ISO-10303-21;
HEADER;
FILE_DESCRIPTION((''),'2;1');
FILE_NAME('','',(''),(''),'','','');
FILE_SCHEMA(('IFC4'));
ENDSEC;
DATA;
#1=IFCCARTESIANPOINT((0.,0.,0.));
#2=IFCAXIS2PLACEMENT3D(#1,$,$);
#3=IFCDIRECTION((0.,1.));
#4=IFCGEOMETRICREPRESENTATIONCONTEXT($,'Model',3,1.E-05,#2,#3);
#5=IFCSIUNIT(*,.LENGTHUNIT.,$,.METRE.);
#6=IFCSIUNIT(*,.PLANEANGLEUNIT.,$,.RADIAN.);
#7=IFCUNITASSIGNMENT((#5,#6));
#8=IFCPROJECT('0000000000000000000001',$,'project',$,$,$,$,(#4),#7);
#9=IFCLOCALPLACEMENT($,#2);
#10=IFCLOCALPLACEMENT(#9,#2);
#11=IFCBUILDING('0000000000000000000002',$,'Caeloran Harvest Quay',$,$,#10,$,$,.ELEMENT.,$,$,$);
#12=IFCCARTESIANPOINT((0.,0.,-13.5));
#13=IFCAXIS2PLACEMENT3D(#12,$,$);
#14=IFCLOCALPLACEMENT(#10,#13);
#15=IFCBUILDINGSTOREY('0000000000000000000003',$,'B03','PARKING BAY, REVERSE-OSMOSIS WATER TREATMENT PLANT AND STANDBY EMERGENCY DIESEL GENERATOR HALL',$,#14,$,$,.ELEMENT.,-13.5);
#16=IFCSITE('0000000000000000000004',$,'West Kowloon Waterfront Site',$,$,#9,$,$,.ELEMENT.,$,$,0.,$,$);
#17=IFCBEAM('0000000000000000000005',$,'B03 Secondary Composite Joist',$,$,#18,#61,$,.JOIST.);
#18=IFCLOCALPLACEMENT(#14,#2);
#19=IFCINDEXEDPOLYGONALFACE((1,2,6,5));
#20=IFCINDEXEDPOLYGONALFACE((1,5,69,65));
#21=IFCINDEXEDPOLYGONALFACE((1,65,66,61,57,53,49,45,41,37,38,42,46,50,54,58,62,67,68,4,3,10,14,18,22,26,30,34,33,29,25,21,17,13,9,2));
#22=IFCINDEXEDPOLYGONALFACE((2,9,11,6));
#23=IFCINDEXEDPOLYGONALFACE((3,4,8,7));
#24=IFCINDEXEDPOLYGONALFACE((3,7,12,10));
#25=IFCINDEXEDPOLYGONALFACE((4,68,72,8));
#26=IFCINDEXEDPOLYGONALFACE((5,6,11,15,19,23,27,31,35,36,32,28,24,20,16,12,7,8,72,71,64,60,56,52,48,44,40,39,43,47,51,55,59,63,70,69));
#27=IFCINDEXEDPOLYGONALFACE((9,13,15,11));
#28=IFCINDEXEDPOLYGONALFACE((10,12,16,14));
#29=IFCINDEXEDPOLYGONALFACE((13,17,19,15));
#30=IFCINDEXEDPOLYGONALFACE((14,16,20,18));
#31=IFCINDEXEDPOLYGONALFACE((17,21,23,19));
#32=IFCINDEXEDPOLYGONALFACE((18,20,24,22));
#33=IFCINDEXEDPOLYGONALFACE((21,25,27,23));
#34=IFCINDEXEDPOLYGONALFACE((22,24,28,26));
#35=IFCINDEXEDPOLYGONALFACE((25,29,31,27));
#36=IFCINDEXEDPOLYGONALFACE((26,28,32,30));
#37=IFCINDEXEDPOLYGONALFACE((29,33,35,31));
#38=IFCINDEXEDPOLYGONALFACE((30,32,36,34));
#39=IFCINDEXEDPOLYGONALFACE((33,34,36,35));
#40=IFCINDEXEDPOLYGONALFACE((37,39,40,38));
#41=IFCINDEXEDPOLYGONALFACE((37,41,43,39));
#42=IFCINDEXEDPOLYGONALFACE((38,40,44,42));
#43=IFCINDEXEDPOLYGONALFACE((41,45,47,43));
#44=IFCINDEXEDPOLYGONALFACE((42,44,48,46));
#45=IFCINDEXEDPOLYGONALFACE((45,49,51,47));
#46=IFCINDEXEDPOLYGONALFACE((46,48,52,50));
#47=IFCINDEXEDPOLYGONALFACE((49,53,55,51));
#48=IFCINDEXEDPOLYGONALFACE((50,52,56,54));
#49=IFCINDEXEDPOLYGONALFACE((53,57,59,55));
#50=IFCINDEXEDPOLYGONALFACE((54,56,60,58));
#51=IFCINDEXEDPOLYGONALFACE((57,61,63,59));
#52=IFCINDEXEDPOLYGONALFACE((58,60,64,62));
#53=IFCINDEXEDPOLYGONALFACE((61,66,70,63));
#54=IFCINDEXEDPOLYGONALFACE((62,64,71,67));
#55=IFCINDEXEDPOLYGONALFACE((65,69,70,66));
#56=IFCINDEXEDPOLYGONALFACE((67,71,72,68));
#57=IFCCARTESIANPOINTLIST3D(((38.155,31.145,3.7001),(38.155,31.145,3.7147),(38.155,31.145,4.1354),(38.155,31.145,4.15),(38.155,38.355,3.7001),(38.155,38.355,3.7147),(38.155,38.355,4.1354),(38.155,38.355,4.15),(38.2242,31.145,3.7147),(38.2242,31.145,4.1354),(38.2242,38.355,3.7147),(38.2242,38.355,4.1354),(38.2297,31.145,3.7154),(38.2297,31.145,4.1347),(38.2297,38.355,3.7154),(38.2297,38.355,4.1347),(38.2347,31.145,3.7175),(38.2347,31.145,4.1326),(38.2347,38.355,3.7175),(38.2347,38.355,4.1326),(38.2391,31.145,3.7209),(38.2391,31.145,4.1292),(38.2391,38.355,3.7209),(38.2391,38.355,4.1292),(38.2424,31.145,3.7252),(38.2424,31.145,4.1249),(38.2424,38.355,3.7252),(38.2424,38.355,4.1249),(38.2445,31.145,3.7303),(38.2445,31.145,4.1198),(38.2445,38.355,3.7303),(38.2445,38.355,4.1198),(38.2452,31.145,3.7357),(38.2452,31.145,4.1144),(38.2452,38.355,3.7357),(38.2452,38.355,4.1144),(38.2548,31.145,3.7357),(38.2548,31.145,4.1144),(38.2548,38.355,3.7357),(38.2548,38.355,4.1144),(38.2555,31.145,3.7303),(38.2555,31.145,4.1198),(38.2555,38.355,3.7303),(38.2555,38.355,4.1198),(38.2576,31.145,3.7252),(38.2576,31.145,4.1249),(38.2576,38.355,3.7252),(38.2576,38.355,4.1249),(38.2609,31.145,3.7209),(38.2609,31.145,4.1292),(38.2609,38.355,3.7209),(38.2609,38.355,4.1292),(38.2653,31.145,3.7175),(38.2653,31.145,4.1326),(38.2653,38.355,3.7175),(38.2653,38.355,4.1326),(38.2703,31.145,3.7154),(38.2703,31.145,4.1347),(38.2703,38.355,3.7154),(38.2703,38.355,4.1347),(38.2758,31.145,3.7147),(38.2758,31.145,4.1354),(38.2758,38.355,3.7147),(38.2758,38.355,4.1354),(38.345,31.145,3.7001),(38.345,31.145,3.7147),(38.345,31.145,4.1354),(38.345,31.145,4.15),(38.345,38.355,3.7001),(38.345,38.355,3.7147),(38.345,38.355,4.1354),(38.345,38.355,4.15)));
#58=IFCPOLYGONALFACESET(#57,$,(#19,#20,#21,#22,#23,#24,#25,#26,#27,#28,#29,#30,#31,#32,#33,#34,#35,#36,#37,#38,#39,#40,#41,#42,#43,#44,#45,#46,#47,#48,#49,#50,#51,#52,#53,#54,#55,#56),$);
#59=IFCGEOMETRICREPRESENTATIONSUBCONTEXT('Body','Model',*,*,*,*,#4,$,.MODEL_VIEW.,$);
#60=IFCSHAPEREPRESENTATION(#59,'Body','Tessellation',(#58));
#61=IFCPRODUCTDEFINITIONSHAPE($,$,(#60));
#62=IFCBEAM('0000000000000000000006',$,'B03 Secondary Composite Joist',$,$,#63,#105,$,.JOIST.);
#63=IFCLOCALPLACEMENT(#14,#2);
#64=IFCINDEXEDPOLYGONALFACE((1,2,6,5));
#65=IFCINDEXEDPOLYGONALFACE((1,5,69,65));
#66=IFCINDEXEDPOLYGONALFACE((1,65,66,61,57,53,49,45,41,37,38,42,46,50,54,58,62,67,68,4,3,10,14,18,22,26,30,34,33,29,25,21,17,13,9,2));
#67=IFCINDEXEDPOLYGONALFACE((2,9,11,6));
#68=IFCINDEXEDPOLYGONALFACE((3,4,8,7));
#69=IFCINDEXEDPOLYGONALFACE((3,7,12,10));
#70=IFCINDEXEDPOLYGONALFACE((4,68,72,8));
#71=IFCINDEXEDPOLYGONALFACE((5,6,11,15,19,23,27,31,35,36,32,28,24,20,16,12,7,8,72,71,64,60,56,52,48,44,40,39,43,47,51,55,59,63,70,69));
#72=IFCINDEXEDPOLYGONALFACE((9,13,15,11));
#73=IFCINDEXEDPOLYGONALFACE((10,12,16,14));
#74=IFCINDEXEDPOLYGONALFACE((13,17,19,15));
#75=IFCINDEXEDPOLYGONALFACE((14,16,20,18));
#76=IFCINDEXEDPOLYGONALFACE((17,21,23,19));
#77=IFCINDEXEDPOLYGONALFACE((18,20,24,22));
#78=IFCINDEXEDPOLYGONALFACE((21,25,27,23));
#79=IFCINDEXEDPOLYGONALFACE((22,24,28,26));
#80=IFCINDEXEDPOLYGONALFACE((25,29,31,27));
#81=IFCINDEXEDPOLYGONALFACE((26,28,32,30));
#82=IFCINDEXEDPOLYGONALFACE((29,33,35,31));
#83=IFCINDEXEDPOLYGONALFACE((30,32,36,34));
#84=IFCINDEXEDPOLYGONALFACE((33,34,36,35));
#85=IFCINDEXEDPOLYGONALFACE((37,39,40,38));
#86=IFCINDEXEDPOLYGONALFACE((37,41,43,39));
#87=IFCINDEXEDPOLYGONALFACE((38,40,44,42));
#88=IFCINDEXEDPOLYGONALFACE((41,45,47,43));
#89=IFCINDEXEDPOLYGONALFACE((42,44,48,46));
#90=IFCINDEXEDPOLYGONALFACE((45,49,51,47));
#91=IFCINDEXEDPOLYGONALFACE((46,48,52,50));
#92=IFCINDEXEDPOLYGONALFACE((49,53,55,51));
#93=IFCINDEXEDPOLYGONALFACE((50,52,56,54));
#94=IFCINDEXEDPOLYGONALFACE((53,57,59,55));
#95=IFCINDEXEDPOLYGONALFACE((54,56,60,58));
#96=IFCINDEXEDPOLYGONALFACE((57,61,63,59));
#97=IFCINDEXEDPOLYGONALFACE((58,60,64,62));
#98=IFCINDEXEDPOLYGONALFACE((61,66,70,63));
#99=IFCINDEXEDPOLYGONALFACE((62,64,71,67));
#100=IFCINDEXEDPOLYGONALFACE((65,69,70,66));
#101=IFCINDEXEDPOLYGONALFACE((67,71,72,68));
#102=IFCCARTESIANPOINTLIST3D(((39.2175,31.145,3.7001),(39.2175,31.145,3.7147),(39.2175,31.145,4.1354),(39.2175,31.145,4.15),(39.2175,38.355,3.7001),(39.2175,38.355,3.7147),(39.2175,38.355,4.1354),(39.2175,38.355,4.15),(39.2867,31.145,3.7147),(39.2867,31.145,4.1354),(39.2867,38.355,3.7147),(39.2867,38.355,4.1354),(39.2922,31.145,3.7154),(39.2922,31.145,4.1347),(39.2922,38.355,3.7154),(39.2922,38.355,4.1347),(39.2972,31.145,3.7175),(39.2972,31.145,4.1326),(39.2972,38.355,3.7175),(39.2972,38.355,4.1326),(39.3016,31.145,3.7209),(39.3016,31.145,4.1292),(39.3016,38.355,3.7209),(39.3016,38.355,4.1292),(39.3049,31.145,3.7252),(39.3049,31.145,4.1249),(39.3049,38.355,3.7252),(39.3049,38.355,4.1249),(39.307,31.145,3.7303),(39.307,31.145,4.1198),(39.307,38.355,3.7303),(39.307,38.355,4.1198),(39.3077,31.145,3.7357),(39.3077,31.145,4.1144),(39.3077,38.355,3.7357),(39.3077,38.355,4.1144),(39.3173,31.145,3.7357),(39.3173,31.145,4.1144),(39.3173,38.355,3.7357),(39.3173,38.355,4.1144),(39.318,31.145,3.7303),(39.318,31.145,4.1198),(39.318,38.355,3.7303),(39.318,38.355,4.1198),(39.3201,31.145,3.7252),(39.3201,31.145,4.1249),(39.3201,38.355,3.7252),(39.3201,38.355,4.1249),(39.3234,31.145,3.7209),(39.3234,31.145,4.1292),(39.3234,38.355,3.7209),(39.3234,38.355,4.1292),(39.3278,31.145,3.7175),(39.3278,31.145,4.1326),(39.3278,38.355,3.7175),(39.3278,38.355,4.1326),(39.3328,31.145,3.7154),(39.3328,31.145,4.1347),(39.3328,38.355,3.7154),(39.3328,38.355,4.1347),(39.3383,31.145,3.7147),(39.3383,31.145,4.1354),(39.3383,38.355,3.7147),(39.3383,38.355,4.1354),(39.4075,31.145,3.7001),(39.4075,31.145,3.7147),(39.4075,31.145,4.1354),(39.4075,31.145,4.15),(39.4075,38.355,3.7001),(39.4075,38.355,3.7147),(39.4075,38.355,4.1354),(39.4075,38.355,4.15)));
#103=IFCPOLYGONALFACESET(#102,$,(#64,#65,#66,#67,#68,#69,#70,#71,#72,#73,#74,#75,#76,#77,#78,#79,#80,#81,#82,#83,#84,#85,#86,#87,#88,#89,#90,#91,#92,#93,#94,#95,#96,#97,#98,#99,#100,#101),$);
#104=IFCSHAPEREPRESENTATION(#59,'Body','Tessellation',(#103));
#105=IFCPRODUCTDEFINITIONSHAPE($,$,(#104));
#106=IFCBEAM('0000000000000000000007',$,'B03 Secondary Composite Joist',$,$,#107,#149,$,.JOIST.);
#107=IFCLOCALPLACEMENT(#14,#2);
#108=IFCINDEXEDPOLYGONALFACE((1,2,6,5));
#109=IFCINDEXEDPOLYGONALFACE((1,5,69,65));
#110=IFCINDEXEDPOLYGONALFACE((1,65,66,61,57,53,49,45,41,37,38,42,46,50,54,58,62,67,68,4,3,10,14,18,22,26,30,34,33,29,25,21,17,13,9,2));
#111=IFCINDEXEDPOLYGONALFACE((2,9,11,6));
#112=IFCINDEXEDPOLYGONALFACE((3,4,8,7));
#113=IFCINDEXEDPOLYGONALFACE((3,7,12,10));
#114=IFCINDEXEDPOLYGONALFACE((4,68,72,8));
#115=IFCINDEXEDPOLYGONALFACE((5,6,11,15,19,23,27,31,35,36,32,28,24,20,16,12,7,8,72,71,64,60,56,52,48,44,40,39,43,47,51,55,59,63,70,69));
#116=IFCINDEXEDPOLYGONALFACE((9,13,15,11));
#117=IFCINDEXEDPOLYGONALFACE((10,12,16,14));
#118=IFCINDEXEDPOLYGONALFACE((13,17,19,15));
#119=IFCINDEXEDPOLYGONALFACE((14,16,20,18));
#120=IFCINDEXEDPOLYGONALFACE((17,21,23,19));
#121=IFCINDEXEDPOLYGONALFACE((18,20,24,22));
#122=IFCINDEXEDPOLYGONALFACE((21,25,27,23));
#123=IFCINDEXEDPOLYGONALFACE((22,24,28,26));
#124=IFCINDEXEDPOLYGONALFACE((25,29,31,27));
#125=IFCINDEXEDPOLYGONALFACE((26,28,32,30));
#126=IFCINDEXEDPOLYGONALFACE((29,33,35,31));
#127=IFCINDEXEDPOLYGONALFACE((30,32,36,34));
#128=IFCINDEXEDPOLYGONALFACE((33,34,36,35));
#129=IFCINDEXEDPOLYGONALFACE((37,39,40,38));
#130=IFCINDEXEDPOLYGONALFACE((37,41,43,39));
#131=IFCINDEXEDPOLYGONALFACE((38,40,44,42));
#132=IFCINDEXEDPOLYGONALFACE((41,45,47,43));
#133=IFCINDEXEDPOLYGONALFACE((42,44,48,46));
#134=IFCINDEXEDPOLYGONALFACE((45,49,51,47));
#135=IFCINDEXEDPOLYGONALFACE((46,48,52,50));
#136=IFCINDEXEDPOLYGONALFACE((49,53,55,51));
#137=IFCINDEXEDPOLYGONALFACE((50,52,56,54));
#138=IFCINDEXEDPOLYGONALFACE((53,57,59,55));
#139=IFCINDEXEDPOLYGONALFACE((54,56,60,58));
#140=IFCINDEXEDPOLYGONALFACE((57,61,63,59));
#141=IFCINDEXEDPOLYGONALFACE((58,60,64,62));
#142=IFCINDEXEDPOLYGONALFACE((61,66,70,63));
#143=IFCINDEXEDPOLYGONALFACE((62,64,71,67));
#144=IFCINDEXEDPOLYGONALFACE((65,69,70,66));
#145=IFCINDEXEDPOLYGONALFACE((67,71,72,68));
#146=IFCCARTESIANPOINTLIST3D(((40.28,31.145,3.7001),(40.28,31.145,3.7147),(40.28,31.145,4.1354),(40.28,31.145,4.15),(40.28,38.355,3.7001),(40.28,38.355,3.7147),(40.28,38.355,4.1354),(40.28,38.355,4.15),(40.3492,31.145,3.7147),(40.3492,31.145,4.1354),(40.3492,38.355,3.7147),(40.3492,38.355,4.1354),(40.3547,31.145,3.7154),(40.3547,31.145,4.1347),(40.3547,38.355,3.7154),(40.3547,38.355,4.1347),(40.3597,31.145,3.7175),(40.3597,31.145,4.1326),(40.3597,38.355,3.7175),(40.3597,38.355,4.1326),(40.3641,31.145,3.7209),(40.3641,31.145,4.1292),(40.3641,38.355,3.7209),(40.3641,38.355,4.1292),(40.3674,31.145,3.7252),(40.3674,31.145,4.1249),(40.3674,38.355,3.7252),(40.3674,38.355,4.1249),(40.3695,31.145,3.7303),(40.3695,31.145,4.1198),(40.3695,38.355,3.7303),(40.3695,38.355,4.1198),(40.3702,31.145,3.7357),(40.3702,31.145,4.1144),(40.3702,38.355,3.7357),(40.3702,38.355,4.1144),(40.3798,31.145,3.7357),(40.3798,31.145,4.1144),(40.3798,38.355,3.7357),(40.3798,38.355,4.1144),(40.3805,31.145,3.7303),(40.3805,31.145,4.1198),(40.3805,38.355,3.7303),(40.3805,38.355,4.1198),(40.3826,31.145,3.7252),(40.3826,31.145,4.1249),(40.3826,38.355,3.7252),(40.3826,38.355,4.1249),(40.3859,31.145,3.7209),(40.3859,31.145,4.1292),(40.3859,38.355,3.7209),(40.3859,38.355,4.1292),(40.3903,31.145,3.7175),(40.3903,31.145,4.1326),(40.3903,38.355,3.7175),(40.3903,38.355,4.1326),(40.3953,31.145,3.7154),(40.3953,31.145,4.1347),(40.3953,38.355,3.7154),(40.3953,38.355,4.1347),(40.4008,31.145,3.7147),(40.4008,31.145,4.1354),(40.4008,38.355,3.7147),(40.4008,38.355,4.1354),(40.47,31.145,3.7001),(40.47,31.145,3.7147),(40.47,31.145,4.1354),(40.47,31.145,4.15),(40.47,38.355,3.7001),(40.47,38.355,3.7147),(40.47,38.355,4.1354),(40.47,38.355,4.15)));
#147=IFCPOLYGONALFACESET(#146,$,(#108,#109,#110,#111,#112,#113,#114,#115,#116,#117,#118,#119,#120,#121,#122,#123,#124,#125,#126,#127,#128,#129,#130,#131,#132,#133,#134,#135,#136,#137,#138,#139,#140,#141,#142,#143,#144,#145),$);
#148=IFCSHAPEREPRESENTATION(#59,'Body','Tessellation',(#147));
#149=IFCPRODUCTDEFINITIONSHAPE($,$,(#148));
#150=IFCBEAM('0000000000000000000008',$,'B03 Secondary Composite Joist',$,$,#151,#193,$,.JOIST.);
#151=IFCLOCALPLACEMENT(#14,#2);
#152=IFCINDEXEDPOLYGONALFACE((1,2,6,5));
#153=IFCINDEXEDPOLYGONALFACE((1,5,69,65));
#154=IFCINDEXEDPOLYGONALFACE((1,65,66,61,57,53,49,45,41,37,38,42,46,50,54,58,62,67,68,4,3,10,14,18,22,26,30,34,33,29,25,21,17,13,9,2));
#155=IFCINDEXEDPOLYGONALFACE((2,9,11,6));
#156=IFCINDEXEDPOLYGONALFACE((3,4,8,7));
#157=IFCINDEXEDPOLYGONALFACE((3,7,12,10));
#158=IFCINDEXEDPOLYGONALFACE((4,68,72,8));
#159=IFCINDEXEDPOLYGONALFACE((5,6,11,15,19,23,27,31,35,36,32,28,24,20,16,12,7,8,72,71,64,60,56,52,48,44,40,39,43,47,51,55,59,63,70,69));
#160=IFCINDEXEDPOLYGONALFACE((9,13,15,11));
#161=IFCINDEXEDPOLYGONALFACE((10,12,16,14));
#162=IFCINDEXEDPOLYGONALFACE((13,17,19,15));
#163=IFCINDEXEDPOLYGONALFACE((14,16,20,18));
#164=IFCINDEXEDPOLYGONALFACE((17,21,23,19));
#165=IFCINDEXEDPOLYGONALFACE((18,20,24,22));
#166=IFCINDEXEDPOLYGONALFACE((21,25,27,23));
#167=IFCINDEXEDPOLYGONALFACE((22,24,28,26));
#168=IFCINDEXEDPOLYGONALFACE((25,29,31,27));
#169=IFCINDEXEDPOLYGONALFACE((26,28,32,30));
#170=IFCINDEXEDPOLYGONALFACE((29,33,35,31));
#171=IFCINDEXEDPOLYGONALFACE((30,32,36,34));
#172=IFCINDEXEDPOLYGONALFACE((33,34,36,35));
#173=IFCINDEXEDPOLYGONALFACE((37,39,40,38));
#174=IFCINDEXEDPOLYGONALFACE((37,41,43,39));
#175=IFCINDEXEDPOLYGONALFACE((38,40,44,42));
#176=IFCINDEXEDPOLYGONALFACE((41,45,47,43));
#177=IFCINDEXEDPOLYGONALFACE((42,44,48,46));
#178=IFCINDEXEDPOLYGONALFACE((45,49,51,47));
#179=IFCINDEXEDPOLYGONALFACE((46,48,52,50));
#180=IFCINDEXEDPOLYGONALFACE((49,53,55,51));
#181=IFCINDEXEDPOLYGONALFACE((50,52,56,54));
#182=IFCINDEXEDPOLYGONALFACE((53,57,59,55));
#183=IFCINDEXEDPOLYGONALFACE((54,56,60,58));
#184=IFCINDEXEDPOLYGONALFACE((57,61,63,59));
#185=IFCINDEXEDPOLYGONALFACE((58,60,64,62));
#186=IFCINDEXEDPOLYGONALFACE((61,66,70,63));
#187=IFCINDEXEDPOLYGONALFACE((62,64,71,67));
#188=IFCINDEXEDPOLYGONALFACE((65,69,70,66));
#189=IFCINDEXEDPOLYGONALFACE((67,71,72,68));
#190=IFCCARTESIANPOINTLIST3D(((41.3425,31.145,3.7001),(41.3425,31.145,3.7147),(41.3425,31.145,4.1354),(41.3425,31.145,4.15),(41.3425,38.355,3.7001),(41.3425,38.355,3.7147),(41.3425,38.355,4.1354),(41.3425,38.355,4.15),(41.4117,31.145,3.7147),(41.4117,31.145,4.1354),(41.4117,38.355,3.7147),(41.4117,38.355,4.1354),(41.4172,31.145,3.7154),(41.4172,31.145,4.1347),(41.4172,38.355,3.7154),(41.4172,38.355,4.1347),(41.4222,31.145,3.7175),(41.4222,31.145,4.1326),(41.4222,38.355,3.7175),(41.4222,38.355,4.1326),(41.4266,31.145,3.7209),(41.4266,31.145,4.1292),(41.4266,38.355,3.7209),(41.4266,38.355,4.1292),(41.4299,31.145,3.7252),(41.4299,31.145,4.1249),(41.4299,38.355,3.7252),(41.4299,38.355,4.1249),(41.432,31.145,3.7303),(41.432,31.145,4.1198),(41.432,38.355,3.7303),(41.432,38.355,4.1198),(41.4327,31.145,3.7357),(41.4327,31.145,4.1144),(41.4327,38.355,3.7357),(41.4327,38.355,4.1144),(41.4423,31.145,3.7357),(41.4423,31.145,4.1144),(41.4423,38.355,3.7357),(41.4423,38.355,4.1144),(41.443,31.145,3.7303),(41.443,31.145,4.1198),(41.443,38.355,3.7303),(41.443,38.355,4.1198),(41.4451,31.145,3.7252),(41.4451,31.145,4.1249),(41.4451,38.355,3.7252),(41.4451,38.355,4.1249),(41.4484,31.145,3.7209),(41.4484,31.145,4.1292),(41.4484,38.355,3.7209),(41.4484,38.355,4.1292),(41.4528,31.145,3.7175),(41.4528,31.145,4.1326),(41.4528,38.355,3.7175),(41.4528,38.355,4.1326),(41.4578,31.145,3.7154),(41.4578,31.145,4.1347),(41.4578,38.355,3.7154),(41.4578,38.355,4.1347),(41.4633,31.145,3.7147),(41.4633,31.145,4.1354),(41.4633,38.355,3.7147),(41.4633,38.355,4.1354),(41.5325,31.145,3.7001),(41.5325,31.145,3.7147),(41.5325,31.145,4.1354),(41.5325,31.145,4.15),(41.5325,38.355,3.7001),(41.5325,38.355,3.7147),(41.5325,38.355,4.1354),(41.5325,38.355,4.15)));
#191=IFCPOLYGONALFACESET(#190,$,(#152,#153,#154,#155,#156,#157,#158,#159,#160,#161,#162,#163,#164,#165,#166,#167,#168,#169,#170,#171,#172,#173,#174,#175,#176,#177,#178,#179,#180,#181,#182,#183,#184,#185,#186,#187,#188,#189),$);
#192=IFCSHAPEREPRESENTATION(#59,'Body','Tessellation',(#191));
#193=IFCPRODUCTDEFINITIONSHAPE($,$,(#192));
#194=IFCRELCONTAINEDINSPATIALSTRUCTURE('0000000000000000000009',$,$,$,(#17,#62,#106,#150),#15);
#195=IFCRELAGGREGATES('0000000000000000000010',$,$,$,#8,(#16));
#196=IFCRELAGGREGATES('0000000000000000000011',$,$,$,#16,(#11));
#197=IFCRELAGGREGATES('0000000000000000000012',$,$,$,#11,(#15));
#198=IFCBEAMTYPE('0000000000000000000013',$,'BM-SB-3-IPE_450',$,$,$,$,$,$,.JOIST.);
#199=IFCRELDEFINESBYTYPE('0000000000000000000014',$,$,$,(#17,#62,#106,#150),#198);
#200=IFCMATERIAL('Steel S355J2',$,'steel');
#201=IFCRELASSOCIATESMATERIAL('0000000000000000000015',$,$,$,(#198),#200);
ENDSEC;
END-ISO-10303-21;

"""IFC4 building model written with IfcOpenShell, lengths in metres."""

from ifc_helpers import new_model, si_unit, direction, frame, origin, origin_2d, place, context, subcontext, project, spatial, i_section, extrude, material, material_profile, profile_set, type_object, element, save


model = new_model("IFC4")

# Units and contexts
model_context = context("Model", 3, precision=1e-05, world=origin(), true_north=direction((0.0, 1.0)))
body_context = subcontext(model_context, "Body", "Model", "MODEL_VIEW")
ifc_project = project(units=[si_unit("LENGTHUNIT", "METRE"), si_unit("PLANEANGLEUNIT", "RADIAN")], contexts=[model_context])

# Site, building, storey
site_placement = place(None, origin())
site = spatial("IfcSite", under=ifc_project, at=site_placement, Name="West Kowloon Waterfront Site", CompositionType="ELEMENT", RefElevation=0.0)
building_placement = place(site_placement, origin())
building = spatial("IfcBuilding", under=site, at=building_placement, Name="Caeloran Harvest Quay", CompositionType="ELEMENT")
storey_placement = place(building_placement, frame((0.0, 0.0, -13.5)))
storey = spatial("IfcBuildingStorey", under=building, at=storey_placement, Name="B03", Description="PARKING BAY, REVERSE-OSMOSIS WATER TREATMENT PLANT AND STANDBY EMERGENCY DIESEL GENERATOR HALL", CompositionType="ELEMENT", Elevation=-13.5)

# Beams
ifc_material = material(Name="Steel S355J2", Category="steel")
ifc_material_profile_1 = material_profile(ifc_material, i_section(OverallWidth=0.1899, OverallDepth=0.45, WebThickness=0.0095, FlangeThickness=0.0146, FilletRadius=0.021, at=origin_2d()), Name="IPE 450")
ifc_profile_set_1 = profile_set([ifc_material_profile_1], Name="Steel S355J2")
beam_type_1 = type_object("IfcBeamType", Name="BM-SB-3-IPE_450", PredefinedType="JOIST", material=ifc_profile_set_1)
for number, where, z_axis, x_axis, name in (
    (1, (38.25, 31.145, 3.925), (0.0, 1.0, 0.0), (-1.0, 0.0, 0.0), "B03 Secondary Composite Joist"),
    (2, (39.3125, 31.145, 3.925), (0.0, 1.0, 0.0), (-1.0, 0.0, 0.0), "B03 Secondary Composite Joist"),
    (3, (40.375, 31.145, 3.925), (0.0, 1.0, 0.0), (-1.0, 0.0, 0.0), "B03 Secondary Composite Joist"),
    (4, (41.4375, 31.145, 3.925), (0.0, 1.0, 0.0), (-1.0, 0.0, 0.0), "B03 Secondary Composite Joist"),
):
    element("IfcBeam", number, at=place(storey_placement, frame(where, z_axis=z_axis, x_axis=x_axis)), inside=storey, type_object=beam_type_1, Name=name, PredefinedType="JOIST", context=body_context, shape_type="SweptSolid", body=[
        extrude(i_section(OverallWidth=0.1899, OverallDepth=0.45, WebThickness=0.0095, FlangeThickness=0.0146, FilletRadius=0.021, at=origin_2d()), origin(), (0.0, 0.0, 1.0), 7.21),
    ])

save(model, "model.ifc")
